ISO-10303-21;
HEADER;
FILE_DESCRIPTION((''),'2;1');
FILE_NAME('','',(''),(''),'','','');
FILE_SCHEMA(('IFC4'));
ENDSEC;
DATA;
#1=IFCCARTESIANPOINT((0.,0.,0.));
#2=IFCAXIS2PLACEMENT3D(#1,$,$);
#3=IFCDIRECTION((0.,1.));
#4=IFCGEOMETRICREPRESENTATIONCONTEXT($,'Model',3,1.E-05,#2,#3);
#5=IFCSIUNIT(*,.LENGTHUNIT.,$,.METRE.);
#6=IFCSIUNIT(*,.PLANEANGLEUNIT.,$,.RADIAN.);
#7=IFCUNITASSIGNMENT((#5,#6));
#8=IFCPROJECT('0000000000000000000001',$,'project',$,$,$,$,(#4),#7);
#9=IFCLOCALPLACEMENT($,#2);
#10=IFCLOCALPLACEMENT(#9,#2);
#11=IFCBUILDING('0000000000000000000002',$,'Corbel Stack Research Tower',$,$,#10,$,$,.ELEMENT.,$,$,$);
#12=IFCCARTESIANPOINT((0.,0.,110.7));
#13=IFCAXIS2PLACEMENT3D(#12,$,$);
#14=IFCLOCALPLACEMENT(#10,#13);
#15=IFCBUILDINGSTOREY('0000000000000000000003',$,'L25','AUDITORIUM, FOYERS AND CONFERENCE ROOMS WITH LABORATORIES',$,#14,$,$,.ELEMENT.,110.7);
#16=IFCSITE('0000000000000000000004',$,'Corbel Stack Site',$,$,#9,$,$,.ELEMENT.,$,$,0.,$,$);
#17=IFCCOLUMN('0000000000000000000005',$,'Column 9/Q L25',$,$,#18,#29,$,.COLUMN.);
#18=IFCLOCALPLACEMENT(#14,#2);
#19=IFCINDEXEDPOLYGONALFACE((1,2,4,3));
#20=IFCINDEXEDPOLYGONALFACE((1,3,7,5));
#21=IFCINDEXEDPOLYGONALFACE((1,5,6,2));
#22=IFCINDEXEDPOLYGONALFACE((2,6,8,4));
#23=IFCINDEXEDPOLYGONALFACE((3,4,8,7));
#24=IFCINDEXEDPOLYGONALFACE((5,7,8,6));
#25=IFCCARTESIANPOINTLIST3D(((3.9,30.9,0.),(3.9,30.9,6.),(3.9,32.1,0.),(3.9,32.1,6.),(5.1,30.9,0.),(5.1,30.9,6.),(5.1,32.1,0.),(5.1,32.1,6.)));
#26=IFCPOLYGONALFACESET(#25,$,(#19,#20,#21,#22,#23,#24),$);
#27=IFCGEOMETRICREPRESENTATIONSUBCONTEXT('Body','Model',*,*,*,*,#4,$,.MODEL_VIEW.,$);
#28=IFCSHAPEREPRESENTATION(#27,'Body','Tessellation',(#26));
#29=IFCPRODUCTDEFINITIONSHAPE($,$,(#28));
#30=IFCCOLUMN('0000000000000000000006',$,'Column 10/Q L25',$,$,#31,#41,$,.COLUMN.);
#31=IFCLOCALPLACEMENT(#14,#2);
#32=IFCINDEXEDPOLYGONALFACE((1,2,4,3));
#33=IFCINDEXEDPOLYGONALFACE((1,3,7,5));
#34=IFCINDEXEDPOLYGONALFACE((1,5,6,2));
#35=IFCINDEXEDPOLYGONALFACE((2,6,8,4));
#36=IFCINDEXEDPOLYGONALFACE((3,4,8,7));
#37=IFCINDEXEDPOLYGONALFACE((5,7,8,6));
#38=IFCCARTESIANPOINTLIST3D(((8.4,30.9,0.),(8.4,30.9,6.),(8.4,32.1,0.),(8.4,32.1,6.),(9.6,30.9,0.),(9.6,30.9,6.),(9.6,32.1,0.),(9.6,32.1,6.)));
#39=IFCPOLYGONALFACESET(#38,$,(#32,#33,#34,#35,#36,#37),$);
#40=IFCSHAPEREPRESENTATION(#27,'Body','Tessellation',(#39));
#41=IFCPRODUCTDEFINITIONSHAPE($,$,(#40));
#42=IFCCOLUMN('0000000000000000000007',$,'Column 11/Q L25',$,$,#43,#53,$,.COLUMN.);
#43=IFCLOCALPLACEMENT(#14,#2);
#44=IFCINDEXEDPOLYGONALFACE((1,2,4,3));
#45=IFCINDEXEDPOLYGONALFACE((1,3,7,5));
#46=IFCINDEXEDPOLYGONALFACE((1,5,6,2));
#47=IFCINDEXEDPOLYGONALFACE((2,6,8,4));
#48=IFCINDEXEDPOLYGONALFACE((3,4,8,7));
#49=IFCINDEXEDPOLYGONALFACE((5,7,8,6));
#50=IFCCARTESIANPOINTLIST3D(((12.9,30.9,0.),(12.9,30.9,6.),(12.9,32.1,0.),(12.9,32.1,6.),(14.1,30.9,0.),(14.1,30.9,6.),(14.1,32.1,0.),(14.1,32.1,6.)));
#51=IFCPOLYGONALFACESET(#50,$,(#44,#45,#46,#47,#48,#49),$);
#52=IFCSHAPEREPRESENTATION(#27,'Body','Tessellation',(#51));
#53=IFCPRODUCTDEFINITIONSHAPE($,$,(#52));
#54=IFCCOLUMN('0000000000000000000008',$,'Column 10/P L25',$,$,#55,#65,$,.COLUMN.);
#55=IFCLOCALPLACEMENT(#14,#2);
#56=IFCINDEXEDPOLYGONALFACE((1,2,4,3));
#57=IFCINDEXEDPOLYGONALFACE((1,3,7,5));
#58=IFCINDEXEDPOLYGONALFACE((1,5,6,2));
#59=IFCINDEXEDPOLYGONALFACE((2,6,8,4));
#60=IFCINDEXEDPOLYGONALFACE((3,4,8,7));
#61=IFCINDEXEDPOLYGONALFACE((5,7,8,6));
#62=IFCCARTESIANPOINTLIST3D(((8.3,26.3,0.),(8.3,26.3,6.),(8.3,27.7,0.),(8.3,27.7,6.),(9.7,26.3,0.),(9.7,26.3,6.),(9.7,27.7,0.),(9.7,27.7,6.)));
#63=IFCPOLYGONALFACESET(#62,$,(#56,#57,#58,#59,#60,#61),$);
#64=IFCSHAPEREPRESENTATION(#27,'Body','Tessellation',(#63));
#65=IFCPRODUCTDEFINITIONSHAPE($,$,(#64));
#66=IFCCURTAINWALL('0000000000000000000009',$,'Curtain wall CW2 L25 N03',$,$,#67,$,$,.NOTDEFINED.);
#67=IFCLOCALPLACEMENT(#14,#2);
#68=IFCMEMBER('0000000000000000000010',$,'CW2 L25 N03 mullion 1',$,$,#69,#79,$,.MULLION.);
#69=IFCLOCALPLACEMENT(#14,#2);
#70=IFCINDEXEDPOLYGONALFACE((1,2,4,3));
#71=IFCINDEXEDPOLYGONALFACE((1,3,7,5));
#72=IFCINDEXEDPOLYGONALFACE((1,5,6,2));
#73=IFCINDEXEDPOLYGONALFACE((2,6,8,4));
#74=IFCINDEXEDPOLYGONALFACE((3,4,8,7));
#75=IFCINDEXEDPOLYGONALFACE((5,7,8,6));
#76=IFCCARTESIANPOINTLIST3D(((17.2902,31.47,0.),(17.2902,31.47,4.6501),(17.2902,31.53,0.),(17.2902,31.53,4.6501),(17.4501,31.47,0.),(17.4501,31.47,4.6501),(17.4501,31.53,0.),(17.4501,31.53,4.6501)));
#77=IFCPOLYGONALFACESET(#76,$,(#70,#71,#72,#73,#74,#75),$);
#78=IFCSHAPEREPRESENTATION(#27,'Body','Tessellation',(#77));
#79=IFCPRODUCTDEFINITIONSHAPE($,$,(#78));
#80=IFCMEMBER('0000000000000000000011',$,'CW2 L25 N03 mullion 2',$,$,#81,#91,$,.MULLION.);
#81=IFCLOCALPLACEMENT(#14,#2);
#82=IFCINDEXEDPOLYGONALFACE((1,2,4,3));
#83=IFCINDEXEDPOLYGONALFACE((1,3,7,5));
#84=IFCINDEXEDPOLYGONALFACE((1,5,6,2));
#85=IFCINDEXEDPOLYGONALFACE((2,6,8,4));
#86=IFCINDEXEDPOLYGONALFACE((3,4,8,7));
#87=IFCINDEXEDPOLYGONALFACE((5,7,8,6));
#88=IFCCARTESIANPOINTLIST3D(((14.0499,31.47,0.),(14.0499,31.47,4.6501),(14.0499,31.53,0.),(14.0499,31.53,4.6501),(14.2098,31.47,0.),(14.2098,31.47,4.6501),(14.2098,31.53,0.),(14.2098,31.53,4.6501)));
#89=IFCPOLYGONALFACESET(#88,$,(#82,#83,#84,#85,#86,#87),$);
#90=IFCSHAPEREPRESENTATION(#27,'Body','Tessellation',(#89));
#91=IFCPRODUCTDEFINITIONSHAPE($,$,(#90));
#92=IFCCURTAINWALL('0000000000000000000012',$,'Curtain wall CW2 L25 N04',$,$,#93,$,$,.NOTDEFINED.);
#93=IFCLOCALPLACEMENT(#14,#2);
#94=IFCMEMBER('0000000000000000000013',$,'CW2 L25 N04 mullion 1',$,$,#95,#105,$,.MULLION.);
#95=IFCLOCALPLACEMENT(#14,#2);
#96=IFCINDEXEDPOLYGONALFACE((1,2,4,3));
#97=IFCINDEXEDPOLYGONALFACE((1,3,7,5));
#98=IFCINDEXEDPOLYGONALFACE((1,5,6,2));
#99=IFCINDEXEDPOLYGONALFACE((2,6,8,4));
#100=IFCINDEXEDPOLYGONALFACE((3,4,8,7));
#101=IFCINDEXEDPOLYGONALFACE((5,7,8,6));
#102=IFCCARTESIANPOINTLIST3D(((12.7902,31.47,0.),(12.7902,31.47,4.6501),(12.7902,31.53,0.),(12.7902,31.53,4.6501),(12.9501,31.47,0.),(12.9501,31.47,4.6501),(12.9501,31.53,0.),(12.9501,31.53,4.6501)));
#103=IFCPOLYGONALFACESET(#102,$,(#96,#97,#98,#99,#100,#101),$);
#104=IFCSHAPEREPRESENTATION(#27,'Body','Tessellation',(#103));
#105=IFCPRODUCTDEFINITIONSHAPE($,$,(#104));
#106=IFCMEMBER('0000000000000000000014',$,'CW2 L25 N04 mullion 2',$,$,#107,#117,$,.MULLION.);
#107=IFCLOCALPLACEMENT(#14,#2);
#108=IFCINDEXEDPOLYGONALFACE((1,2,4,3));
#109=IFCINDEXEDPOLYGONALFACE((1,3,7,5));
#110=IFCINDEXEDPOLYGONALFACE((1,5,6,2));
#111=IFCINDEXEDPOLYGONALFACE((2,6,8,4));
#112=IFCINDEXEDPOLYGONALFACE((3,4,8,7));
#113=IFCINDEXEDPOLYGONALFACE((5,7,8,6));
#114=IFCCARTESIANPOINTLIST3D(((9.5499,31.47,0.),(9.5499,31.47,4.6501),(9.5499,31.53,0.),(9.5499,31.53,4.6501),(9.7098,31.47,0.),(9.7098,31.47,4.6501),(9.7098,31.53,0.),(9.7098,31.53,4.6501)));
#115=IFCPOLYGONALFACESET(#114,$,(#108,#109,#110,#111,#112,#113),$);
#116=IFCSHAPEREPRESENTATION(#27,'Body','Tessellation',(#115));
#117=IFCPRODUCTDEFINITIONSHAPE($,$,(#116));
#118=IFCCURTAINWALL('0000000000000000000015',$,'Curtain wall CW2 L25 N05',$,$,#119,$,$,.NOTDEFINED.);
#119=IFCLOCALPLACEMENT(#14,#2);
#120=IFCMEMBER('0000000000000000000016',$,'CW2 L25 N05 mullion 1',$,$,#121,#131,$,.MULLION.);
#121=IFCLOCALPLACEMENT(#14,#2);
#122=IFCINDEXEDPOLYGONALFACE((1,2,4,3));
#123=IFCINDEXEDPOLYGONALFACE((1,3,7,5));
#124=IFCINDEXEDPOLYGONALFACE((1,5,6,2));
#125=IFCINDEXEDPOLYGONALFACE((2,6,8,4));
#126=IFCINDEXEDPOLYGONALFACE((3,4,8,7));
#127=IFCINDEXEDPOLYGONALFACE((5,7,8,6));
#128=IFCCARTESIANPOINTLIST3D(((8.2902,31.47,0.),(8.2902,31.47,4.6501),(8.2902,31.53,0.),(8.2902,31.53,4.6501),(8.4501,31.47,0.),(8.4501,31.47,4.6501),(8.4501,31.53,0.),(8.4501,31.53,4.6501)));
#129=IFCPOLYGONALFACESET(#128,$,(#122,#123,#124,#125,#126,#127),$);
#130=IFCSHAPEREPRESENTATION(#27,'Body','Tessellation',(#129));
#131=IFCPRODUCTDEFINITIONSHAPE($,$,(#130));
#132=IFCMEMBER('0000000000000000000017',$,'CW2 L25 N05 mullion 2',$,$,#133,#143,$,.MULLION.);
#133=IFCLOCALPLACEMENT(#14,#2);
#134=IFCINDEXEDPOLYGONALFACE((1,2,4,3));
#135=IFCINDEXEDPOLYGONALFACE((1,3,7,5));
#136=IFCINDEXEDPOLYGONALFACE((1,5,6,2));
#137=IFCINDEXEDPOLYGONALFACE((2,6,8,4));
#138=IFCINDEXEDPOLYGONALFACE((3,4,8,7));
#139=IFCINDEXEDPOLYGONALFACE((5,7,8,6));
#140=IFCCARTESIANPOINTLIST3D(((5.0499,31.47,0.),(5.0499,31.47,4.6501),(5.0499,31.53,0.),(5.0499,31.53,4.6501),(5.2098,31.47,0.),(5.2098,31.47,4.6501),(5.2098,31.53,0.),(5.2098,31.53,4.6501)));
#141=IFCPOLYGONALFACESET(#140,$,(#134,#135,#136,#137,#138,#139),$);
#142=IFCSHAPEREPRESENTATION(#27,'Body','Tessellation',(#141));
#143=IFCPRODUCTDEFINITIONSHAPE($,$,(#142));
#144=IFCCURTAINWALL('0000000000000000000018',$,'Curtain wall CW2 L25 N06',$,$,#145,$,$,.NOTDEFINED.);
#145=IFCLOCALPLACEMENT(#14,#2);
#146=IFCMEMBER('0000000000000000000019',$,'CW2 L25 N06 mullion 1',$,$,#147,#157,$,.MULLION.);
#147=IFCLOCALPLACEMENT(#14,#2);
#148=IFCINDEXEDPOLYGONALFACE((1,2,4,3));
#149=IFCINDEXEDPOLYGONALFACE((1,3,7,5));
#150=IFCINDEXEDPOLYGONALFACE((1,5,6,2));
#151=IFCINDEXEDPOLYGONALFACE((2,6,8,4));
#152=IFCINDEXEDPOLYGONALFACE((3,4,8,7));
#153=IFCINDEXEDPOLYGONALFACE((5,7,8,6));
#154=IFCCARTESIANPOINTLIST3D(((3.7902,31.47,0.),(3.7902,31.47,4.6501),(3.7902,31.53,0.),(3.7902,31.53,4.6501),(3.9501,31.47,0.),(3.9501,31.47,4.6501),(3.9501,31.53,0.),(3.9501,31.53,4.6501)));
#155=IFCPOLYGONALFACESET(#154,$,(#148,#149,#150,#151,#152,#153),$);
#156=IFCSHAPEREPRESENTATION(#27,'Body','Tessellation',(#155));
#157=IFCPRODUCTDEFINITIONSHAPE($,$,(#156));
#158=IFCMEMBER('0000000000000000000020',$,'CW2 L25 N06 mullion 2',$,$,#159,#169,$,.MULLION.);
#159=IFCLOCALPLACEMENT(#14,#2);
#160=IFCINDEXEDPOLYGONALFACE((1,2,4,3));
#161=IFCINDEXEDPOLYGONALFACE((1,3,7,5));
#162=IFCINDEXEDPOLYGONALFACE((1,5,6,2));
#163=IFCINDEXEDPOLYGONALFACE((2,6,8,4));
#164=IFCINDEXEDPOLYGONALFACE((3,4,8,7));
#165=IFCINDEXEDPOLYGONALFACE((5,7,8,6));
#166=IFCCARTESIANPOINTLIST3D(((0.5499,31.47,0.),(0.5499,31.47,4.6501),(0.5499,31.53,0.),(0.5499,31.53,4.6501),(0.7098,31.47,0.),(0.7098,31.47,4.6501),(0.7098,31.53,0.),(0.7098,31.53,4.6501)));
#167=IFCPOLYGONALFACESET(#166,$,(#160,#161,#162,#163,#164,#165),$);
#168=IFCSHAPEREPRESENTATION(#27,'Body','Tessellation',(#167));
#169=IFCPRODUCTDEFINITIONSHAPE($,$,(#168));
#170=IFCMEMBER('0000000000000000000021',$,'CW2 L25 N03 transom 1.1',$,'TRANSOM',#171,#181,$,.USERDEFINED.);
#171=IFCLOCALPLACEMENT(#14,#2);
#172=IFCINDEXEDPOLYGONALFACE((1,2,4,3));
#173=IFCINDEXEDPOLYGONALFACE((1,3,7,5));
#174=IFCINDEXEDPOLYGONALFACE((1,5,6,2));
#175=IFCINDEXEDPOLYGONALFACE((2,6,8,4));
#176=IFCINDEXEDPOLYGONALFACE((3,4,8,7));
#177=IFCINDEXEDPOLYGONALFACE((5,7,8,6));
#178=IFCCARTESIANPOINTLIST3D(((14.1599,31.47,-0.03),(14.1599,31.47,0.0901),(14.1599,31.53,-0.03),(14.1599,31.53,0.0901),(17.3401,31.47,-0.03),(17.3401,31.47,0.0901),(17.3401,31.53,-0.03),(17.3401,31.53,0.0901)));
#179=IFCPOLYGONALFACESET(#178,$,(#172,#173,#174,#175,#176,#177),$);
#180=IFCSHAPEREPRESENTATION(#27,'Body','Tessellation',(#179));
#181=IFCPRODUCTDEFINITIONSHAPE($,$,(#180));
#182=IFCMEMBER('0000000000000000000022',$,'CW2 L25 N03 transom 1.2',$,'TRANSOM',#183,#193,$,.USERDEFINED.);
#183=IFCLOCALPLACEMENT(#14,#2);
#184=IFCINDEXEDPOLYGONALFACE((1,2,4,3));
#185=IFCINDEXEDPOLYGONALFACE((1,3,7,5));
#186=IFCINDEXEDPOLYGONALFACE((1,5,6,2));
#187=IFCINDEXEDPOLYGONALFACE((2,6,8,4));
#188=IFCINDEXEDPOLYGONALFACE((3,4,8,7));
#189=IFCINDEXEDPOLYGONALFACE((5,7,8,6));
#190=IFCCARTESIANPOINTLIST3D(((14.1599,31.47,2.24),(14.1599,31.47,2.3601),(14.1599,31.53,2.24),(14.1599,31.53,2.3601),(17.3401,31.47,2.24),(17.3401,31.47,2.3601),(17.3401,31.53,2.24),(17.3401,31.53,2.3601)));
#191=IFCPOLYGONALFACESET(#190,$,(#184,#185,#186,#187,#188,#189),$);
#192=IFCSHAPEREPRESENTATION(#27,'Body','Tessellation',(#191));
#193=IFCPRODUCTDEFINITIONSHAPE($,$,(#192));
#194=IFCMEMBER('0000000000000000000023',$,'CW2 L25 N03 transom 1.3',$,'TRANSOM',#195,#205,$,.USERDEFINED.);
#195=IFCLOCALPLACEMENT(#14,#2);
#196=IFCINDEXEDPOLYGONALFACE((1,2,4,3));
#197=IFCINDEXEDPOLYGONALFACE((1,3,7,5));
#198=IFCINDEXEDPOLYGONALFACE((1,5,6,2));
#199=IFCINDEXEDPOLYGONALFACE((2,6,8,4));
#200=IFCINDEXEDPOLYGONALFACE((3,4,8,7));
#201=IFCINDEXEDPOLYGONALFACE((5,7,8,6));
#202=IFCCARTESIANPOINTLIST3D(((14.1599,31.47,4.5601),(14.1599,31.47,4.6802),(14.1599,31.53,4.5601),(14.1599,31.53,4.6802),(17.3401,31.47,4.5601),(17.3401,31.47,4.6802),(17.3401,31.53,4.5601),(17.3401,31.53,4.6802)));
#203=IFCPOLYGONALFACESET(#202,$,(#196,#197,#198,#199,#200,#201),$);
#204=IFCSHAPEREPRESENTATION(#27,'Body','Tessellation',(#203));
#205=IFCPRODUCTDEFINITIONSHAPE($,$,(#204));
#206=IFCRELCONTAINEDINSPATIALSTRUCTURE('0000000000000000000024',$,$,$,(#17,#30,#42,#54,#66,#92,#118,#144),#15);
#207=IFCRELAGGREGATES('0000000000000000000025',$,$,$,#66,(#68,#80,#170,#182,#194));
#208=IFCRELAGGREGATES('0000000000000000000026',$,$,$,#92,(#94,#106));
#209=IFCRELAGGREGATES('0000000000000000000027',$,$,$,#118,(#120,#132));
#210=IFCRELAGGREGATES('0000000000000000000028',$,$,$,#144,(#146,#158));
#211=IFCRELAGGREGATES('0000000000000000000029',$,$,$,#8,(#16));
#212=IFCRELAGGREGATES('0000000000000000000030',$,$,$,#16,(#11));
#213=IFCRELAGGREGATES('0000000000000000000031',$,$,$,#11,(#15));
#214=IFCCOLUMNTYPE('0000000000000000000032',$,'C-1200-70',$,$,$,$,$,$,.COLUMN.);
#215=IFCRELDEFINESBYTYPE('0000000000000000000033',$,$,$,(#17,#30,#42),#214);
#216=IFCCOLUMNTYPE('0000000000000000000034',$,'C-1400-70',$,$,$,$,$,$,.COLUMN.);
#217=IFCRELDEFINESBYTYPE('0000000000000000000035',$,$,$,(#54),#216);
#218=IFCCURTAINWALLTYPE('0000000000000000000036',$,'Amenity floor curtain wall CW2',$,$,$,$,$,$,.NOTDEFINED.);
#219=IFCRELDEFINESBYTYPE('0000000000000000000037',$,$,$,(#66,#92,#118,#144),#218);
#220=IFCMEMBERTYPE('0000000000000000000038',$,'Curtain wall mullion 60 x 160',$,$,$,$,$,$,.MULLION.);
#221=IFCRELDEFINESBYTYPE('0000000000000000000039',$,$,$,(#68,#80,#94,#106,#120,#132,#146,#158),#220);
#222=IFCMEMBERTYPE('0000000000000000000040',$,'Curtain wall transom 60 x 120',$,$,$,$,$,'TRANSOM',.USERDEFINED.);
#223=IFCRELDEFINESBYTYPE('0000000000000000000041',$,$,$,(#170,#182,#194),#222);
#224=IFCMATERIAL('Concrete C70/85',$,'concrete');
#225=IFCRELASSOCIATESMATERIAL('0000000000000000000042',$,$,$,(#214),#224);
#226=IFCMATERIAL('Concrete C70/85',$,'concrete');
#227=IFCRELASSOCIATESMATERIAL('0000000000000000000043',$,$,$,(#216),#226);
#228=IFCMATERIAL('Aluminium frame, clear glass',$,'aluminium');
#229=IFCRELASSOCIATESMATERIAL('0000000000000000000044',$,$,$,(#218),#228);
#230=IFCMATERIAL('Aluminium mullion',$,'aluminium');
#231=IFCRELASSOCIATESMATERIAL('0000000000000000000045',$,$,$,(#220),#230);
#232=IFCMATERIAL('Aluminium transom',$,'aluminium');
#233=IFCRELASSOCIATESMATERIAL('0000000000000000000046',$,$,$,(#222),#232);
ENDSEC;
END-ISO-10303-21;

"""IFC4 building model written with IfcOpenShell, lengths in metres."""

from ifc_helpers import new_model, si_unit, direction, frame, origin, origin_2d, place, context, subcontext, project, spatial, rectangle, extrude, material, material_profile, profile_set, type_object, element, aggregate, save


model = new_model("IFC4")

# Units and contexts
model_context = context("Model", 3, precision=1e-05, world=origin(), true_north=direction((0.0, 1.0)))
body_context = subcontext(model_context, "Body", "Model", "MODEL_VIEW")
ifc_project = project(units=[si_unit("LENGTHUNIT", "METRE"), si_unit("PLANEANGLEUNIT", "RADIAN")], contexts=[model_context])

# Site, building, storey
site_placement = place(None, origin())
site = spatial("IfcSite", under=ifc_project, at=site_placement, Name="Corbel Stack Site", CompositionType="ELEMENT", RefElevation=0.0)
building_placement = place(site_placement, origin())
building = spatial("IfcBuilding", under=site, at=building_placement, Name="Corbel Stack Research Tower", CompositionType="ELEMENT")
storey_placement = place(building_placement, frame((0.0, 0.0, 110.7)))
storey = spatial("IfcBuildingStorey", under=building, at=storey_placement, Name="L25", Description="AUDITORIUM, FOYERS AND CONFERENCE ROOMS WITH LABORATORIES", CompositionType="ELEMENT", Elevation=110.7)

# Columns
ifc_material_1 = material(Name="Concrete C70/85", Category="concrete")
ifc_material_profile_1 = material_profile(ifc_material_1, rectangle(XDim=1.2, YDim=1.2, at=origin_2d()), Name="RC 1200 x 1200")
ifc_profile_set_1 = profile_set([ifc_material_profile_1], Name="Concrete C70/85")
column_type_1 = type_object("IfcColumnType", Name="C-1200-70", PredefinedType="COLUMN", material=ifc_profile_set_1)
for number, where, z_axis, x_axis, name in (
    (1, (4.5, 31.5, 0.0), (0.0, 0.0, 1.0), (1.0, 0.0, 0.0), "Column 9/Q L25"),
    (2, (9.0, 31.5, 0.0), (0.0, 0.0, 1.0), (1.0, 0.0, 0.0), "Column 10/Q L25"),
    (3, (13.5, 31.5, 0.0), (0.0, 0.0, 1.0), (1.0, 0.0, 0.0), "Column 11/Q L25"),
):
    element("IfcColumn", number, at=place(storey_placement, frame(where, z_axis=z_axis, x_axis=x_axis)), inside=storey, type_object=column_type_1, Name=name, PredefinedType="COLUMN", context=body_context, shape_type="SweptSolid", body=[
        extrude(rectangle(XDim=1.2, YDim=1.2, at=origin_2d()), origin(), (0.0, 0.0, 1.0), 6.0),
    ])
ifc_material_2 = material(Name="Concrete C70/85", Category="concrete")
ifc_material_profile_2 = material_profile(ifc_material_2, rectangle(XDim=1.3999, YDim=1.3999, at=origin_2d()), Name="RC 1400 x 1400")
ifc_profile_set_2 = profile_set([ifc_material_profile_2], Name="Concrete C70/85")
column_type_2 = type_object("IfcColumnType", Name="C-1400-70", PredefinedType="COLUMN", material=ifc_profile_set_2)
column_placement = place(storey_placement, frame((9.0, 27.0, 0.0), z_axis=(0.0, 0.0, 1.0), x_axis=(1.0, 0.0, 0.0)))
element("IfcColumn", 4, at=column_placement, inside=storey, type_object=column_type_2, Name="Column 10/P L25", PredefinedType="COLUMN", context=body_context, shape_type="SweptSolid", body=[
    extrude(rectangle(XDim=1.3999, YDim=1.3999, at=origin_2d()), origin(), (0.0, 0.0, 1.0), 6.0),
])

# Curtain walls, members
ifc_material_3 = material(Name="Aluminium frame, clear glass", Category="aluminium")
curtain_wall_type = type_object("IfcCurtainWallType", Name="Amenity floor curtain wall CW2", PredefinedType="NOTDEFINED", material=ifc_material_3)
curtain_wall_1_placement = place(storey_placement, origin())
curtain_wall_1 = element("IfcCurtainWall", 5, at=curtain_wall_1_placement, inside=storey, type_object=curtain_wall_type, Name="Curtain wall CW2 L25 N03", PredefinedType="NOTDEFINED")
ifc_material_4 = material(Name="Aluminium mullion", Category="aluminium")
ifc_material_profile_3 = material_profile(ifc_material_4, rectangle(XDim=0.0601, YDim=0.1599, at=origin_2d()), Name="Mullion 60 x 160")
ifc_profile_set_3 = profile_set([ifc_material_profile_3], Name="Aluminium mullion")
member_type_1 = type_object("IfcMemberType", Name="Curtain wall mullion 60 x 160", PredefinedType="MULLION", material=ifc_profile_set_3)
member_1_placement = place(storey_placement, frame((17.3701, 31.5, 0.0), z_axis=(0.0, 0.0, 1.0), x_axis=(0.0, -1.0, 0.0)))
member_1 = element("IfcMember", 6, at=member_1_placement, type_object=member_type_1, Name="CW2 L25 N03 mullion 1", PredefinedType="MULLION", context=body_context, shape_type="SweptSolid", body=[
    extrude(rectangle(XDim=0.0601, YDim=0.1599, at=origin_2d()), origin(), (0.0, 0.0, 1.0), 4.6501),
])
member_2_placement = place(storey_placement, frame((14.1299, 31.5, 0.0), z_axis=(0.0, 0.0, 1.0), x_axis=(0.0, -1.0, 0.0)))
member_2 = element("IfcMember", 7, at=member_2_placement, type_object=member_type_1, Name="CW2 L25 N03 mullion 2", PredefinedType="MULLION", context=body_context, shape_type="SweptSolid", body=[
    extrude(rectangle(XDim=0.0601, YDim=0.1599, at=origin_2d()), origin(), (0.0, 0.0, 1.0), 4.6501),
])
curtain_wall_2_placement = place(storey_placement, origin())
curtain_wall_2 = element("IfcCurtainWall", 8, at=curtain_wall_2_placement, inside=storey, type_object=curtain_wall_type, Name="Curtain wall CW2 L25 N04", PredefinedType="NOTDEFINED")
member_3_placement = place(storey_placement, frame((12.8701, 31.5, 0.0), z_axis=(0.0, 0.0, 1.0), x_axis=(0.0, -1.0, 0.0)))
member_3 = element("IfcMember", 9, at=member_3_placement, type_object=member_type_1, Name="CW2 L25 N04 mullion 1", PredefinedType="MULLION", context=body_context, shape_type="SweptSolid", body=[
    extrude(rectangle(XDim=0.0601, YDim=0.1599, at=origin_2d()), origin(), (0.0, 0.0, 1.0), 4.6501),
])
member_4_placement = place(storey_placement, frame((9.6299, 31.5, 0.0), z_axis=(0.0, 0.0, 1.0), x_axis=(0.0, -1.0, 0.0)))
member_4 = element("IfcMember", 10, at=member_4_placement, type_object=member_type_1, Name="CW2 L25 N04 mullion 2", PredefinedType="MULLION", context=body_context, shape_type="SweptSolid", body=[
    extrude(rectangle(XDim=0.0601, YDim=0.1599, at=origin_2d()), origin(), (0.0, 0.0, 1.0), 4.6501),
])
curtain_wall_3_placement = place(storey_placement, origin())
curtain_wall_3 = element("IfcCurtainWall", 11, at=curtain_wall_3_placement, inside=storey, type_object=curtain_wall_type, Name="Curtain wall CW2 L25 N05", PredefinedType="NOTDEFINED")
member_5_placement = place(storey_placement, frame((8.3701, 31.5, 0.0), z_axis=(0.0, 0.0, 1.0), x_axis=(0.0, -1.0, 0.0)))
member_5 = element("IfcMember", 12, at=member_5_placement, type_object=member_type_1, Name="CW2 L25 N05 mullion 1", PredefinedType="MULLION", context=body_context, shape_type="SweptSolid", body=[
    extrude(rectangle(XDim=0.0601, YDim=0.1599, at=origin_2d()), origin(), (0.0, 0.0, 1.0), 4.6501),
])
member_6_placement = place(storey_placement, frame((5.1299, 31.5, 0.0), z_axis=(0.0, 0.0, 1.0), x_axis=(0.0, -1.0, 0.0)))
member_6 = element("IfcMember", 13, at=member_6_placement, type_object=member_type_1, Name="CW2 L25 N05 mullion 2", PredefinedType="MULLION", context=body_context, shape_type="SweptSolid", body=[
    extrude(rectangle(XDim=0.0601, YDim=0.1599, at=origin_2d()), origin(), (0.0, 0.0, 1.0), 4.6501),
])
curtain_wall_4_placement = place(storey_placement, origin())
curtain_wall_4 = element("IfcCurtainWall", 14, at=curtain_wall_4_placement, inside=storey, type_object=curtain_wall_type, Name="Curtain wall CW2 L25 N06", PredefinedType="NOTDEFINED")
member_7_placement = place(storey_placement, frame((3.8701, 31.5, 0.0), z_axis=(0.0, 0.0, 1.0), x_axis=(0.0, -1.0, 0.0)))
member_7 = element("IfcMember", 15, at=member_7_placement, type_object=member_type_1, Name="CW2 L25 N06 mullion 1", PredefinedType="MULLION", context=body_context, shape_type="SweptSolid", body=[
    extrude(rectangle(XDim=0.0601, YDim=0.1599, at=origin_2d()), origin(), (0.0, 0.0, 1.0), 4.6501),
])
member_8_placement = place(storey_placement, frame((0.6299, 31.5, 0.0), z_axis=(0.0, 0.0, 1.0), x_axis=(0.0, -1.0, 0.0)))
member_8 = element("IfcMember", 16, at=member_8_placement, type_object=member_type_1, Name="CW2 L25 N06 mullion 2", PredefinedType="MULLION", context=body_context, shape_type="SweptSolid", body=[
    extrude(rectangle(XDim=0.0601, YDim=0.1599, at=origin_2d()), origin(), (0.0, 0.0, 1.0), 4.6501),
])

# Members
ifc_material_5 = material(Name="Aluminium transom", Category="aluminium")
ifc_material_profile_4 = material_profile(ifc_material_5, rectangle(XDim=0.0601, YDim=0.1201, at=origin_2d()), Name="Transom 60 x 120")
ifc_profile_set_4 = profile_set([ifc_material_profile_4], Name="Aluminium transom")
member_type_2 = type_object("IfcMemberType", Name="Curtain wall transom 60 x 120", ElementType="TRANSOM", PredefinedType="USERDEFINED", material=ifc_profile_set_4)
member_9_placement = place(storey_placement, frame((17.3401, 31.5, 0.03), z_axis=(-1.0, 0.0, 0.0), x_axis=(0.0, -1.0, 0.0)))
member_9 = element("IfcMember", 17, at=member_9_placement, type_object=member_type_2, Name="CW2 L25 N03 transom 1.1", ObjectType="TRANSOM", PredefinedType="USERDEFINED", context=body_context, shape_type="SweptSolid", body=[
    extrude(rectangle(XDim=0.0601, YDim=0.1201, at=origin_2d()), origin(), (0.0, 0.0, 1.0), 3.1802),
])
member_10_placement = place(storey_placement, frame((17.3401, 31.5, 2.3), z_axis=(-1.0, 0.0, 0.0), x_axis=(0.0, -1.0, 0.0)))
member_10 = element("IfcMember", 18, at=member_10_placement, type_object=member_type_2, Name="CW2 L25 N03 transom 1.2", ObjectType="TRANSOM", PredefinedType="USERDEFINED", context=body_context, shape_type="SweptSolid", body=[
    extrude(rectangle(XDim=0.0601, YDim=0.1201, at=origin_2d()), origin(), (0.0, 0.0, 1.0), 3.1802),
])
member_11_placement = place(storey_placement, frame((17.3401, 31.5, 4.6201), z_axis=(-1.0, 0.0, 0.0), x_axis=(0.0, -1.0, 0.0)))
member_11 = element("IfcMember", 19, at=member_11_placement, type_object=member_type_2, Name="CW2 L25 N03 transom 1.3", ObjectType="TRANSOM", PredefinedType="USERDEFINED", context=body_context, shape_type="SweptSolid", body=[
    extrude(rectangle(XDim=0.0601, YDim=0.1201, at=origin_2d()), origin(), (0.0, 0.0, 1.0), 3.1802),
])

aggregate(curtain_wall_1, [member_1, member_2, member_9, member_10, member_11])
aggregate(curtain_wall_2, [member_3, member_4])
aggregate(curtain_wall_3, [member_5, member_6])
aggregate(curtain_wall_4, [member_7, member_8])

save(model, "model.ifc")
